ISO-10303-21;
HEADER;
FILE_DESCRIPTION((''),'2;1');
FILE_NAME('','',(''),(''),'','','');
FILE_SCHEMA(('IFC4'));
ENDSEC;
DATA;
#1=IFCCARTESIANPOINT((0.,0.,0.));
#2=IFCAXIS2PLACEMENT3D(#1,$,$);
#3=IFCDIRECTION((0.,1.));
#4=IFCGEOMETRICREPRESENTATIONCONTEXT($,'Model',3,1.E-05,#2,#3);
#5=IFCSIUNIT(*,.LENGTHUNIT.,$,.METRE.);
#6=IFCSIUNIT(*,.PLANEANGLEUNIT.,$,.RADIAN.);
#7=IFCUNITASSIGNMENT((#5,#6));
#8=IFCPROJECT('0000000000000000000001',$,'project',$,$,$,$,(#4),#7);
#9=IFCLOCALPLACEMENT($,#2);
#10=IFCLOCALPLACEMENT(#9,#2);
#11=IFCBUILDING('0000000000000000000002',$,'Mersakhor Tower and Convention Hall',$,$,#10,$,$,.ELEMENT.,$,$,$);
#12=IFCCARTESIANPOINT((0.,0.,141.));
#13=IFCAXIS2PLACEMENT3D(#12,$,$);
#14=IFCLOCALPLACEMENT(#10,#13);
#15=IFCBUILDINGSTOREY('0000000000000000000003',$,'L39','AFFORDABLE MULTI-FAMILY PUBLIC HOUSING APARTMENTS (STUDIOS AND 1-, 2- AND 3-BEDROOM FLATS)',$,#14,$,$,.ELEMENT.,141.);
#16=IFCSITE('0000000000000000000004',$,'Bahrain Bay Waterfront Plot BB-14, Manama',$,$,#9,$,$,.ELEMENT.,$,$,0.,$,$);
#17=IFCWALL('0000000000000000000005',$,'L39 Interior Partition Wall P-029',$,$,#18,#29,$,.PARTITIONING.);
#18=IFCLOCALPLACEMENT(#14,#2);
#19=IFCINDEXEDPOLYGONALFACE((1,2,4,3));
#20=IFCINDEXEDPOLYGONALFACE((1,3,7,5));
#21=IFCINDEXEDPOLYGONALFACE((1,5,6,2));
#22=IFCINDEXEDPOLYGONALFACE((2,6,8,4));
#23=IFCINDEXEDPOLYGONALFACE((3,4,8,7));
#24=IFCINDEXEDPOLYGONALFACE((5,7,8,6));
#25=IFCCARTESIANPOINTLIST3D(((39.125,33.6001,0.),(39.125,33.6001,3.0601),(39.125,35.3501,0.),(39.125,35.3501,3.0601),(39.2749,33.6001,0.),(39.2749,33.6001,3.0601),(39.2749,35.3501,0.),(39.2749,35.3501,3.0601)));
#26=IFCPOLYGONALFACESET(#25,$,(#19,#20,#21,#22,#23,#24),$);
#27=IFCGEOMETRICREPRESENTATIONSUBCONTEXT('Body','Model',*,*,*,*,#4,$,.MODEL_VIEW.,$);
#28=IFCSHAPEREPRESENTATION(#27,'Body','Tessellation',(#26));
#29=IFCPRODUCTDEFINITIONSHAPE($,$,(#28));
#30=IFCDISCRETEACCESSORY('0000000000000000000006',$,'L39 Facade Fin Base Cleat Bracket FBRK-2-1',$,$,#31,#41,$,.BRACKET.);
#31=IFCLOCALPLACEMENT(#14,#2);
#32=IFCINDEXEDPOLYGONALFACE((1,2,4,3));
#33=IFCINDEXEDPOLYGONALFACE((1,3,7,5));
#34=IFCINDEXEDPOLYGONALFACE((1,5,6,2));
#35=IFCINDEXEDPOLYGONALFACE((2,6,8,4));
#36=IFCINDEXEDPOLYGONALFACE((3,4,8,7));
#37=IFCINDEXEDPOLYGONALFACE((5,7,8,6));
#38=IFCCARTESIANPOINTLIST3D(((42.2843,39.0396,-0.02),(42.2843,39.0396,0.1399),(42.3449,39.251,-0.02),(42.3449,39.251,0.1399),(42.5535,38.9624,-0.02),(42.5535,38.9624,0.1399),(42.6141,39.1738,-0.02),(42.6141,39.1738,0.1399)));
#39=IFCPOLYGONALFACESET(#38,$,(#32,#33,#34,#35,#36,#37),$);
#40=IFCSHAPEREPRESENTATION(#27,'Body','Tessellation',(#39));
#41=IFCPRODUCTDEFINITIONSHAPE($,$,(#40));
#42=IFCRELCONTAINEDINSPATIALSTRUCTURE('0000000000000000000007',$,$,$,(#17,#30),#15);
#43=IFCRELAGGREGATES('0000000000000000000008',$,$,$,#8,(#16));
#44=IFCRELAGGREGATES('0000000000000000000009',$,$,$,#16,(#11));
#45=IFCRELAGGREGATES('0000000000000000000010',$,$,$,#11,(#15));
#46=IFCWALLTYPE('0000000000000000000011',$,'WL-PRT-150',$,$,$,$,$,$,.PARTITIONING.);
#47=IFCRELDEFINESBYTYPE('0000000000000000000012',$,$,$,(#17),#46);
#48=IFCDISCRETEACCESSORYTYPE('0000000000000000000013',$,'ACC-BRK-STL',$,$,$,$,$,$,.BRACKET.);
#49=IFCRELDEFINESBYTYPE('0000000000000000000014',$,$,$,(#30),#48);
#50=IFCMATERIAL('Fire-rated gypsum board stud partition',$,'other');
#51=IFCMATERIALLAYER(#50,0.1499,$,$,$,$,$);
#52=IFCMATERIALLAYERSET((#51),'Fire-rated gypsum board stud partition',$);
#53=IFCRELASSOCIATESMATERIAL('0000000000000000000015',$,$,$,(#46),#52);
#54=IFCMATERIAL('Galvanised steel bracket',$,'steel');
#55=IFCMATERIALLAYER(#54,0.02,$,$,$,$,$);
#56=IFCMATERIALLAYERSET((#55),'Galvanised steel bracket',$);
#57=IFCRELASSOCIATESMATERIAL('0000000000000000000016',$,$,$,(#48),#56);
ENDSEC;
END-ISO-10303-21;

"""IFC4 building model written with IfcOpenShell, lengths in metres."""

from ifc_helpers import new_model, si_unit, direction, frame, frame_2d, origin, origin_2d, place, context, subcontext, project, spatial, rectangle, extrude, material, layer, layer_set, type_object, element, save


model = new_model("IFC4")

# Units and contexts
model_context = context("Model", 3, precision=1e-05, world=origin(), true_north=direction((0.0, 1.0)))
body_context = subcontext(model_context, "Body", "Model", "MODEL_VIEW")
ifc_project = project(units=[si_unit("LENGTHUNIT", "METRE"), si_unit("PLANEANGLEUNIT", "RADIAN")], contexts=[model_context])

# Site, building, storey
site_placement = place(None, origin())
site = spatial("IfcSite", under=ifc_project, at=site_placement, Name="Bahrain Bay Waterfront Plot BB-14, Manama", CompositionType="ELEMENT", RefElevation=0.0)
building_placement = place(site_placement, origin())
building = spatial("IfcBuilding", under=site, at=building_placement, Name="Mersakhor Tower and Convention Hall", CompositionType="ELEMENT")
storey_placement = place(building_placement, frame((0.0, 0.0, 141.0)))
storey = spatial("IfcBuildingStorey", under=building, at=storey_placement, Name="L39", Description="AFFORDABLE MULTI-FAMILY PUBLIC HOUSING APARTMENTS (STUDIOS AND 1-, 2- AND 3-BEDROOM FLATS)", CompositionType="ELEMENT", Elevation=141.0)

# Wall
ifc_material_1 = material(Name="Fire-rated gypsum board stud partition", Category="other")
ifc_layer_1 = layer(ifc_material_1, 0.1499)
ifc_layer_set_1 = layer_set([ifc_layer_1], Name="Fire-rated gypsum board stud partition")
wall_type_1 = type_object("IfcWallType", Name="WL-PRT-150", PredefinedType="PARTITIONING", material=ifc_layer_set_1)
wall_1_placement = place(storey_placement, frame((39.2, 35.3501, 0.0), z_axis=(0.0, 0.0, 1.0), x_axis=(0.0, -1.0, 0.0)))
element("IfcWall", 1, at=wall_1_placement, inside=storey, type_object=wall_type_1, Name="L39 Interior Partition Wall P-029", PredefinedType="PARTITIONING", context=body_context, shape_type="SweptSolid", body=[
    extrude(rectangle(XDim=1.75, YDim=0.1499, at=frame_2d((0.875, 0.0))), origin(), (0.0, 0.0, 1.0), 3.0601),
])

# Discrete accessory
ifc_material_2 = material(Name="Galvanised steel bracket", Category="steel")
ifc_layer_2 = layer(ifc_material_2, 0.02)
ifc_layer_set_2 = layer_set([ifc_layer_2], Name="Galvanised steel bracket")
discrete_accessory_type = type_object("IfcDiscreteAccessoryType", Name="ACC-BRK-STL", PredefinedType="BRACKET", material=ifc_layer_set_2)
discrete_accessory_placement = place(storey_placement, frame((42.4492, 39.1067, -0.02), z_axis=(0.0, 0.0, 1.0), x_axis=(0.961262, -0.275637, 0.0)))
element("IfcDiscreteAccessory", 2, at=discrete_accessory_placement, inside=storey, type_object=discrete_accessory_type, Name="L39 Facade Fin Base Cleat Bracket FBRK-2-1", PredefinedType="BRACKET", context=body_context, shape_type="SweptSolid", body=[
    extrude(rectangle(XDim=0.28, YDim=0.22, at=origin_2d()), origin(), (0.0, 0.0, 1.0), 0.1599),
])

save(model, "model.ifc")
